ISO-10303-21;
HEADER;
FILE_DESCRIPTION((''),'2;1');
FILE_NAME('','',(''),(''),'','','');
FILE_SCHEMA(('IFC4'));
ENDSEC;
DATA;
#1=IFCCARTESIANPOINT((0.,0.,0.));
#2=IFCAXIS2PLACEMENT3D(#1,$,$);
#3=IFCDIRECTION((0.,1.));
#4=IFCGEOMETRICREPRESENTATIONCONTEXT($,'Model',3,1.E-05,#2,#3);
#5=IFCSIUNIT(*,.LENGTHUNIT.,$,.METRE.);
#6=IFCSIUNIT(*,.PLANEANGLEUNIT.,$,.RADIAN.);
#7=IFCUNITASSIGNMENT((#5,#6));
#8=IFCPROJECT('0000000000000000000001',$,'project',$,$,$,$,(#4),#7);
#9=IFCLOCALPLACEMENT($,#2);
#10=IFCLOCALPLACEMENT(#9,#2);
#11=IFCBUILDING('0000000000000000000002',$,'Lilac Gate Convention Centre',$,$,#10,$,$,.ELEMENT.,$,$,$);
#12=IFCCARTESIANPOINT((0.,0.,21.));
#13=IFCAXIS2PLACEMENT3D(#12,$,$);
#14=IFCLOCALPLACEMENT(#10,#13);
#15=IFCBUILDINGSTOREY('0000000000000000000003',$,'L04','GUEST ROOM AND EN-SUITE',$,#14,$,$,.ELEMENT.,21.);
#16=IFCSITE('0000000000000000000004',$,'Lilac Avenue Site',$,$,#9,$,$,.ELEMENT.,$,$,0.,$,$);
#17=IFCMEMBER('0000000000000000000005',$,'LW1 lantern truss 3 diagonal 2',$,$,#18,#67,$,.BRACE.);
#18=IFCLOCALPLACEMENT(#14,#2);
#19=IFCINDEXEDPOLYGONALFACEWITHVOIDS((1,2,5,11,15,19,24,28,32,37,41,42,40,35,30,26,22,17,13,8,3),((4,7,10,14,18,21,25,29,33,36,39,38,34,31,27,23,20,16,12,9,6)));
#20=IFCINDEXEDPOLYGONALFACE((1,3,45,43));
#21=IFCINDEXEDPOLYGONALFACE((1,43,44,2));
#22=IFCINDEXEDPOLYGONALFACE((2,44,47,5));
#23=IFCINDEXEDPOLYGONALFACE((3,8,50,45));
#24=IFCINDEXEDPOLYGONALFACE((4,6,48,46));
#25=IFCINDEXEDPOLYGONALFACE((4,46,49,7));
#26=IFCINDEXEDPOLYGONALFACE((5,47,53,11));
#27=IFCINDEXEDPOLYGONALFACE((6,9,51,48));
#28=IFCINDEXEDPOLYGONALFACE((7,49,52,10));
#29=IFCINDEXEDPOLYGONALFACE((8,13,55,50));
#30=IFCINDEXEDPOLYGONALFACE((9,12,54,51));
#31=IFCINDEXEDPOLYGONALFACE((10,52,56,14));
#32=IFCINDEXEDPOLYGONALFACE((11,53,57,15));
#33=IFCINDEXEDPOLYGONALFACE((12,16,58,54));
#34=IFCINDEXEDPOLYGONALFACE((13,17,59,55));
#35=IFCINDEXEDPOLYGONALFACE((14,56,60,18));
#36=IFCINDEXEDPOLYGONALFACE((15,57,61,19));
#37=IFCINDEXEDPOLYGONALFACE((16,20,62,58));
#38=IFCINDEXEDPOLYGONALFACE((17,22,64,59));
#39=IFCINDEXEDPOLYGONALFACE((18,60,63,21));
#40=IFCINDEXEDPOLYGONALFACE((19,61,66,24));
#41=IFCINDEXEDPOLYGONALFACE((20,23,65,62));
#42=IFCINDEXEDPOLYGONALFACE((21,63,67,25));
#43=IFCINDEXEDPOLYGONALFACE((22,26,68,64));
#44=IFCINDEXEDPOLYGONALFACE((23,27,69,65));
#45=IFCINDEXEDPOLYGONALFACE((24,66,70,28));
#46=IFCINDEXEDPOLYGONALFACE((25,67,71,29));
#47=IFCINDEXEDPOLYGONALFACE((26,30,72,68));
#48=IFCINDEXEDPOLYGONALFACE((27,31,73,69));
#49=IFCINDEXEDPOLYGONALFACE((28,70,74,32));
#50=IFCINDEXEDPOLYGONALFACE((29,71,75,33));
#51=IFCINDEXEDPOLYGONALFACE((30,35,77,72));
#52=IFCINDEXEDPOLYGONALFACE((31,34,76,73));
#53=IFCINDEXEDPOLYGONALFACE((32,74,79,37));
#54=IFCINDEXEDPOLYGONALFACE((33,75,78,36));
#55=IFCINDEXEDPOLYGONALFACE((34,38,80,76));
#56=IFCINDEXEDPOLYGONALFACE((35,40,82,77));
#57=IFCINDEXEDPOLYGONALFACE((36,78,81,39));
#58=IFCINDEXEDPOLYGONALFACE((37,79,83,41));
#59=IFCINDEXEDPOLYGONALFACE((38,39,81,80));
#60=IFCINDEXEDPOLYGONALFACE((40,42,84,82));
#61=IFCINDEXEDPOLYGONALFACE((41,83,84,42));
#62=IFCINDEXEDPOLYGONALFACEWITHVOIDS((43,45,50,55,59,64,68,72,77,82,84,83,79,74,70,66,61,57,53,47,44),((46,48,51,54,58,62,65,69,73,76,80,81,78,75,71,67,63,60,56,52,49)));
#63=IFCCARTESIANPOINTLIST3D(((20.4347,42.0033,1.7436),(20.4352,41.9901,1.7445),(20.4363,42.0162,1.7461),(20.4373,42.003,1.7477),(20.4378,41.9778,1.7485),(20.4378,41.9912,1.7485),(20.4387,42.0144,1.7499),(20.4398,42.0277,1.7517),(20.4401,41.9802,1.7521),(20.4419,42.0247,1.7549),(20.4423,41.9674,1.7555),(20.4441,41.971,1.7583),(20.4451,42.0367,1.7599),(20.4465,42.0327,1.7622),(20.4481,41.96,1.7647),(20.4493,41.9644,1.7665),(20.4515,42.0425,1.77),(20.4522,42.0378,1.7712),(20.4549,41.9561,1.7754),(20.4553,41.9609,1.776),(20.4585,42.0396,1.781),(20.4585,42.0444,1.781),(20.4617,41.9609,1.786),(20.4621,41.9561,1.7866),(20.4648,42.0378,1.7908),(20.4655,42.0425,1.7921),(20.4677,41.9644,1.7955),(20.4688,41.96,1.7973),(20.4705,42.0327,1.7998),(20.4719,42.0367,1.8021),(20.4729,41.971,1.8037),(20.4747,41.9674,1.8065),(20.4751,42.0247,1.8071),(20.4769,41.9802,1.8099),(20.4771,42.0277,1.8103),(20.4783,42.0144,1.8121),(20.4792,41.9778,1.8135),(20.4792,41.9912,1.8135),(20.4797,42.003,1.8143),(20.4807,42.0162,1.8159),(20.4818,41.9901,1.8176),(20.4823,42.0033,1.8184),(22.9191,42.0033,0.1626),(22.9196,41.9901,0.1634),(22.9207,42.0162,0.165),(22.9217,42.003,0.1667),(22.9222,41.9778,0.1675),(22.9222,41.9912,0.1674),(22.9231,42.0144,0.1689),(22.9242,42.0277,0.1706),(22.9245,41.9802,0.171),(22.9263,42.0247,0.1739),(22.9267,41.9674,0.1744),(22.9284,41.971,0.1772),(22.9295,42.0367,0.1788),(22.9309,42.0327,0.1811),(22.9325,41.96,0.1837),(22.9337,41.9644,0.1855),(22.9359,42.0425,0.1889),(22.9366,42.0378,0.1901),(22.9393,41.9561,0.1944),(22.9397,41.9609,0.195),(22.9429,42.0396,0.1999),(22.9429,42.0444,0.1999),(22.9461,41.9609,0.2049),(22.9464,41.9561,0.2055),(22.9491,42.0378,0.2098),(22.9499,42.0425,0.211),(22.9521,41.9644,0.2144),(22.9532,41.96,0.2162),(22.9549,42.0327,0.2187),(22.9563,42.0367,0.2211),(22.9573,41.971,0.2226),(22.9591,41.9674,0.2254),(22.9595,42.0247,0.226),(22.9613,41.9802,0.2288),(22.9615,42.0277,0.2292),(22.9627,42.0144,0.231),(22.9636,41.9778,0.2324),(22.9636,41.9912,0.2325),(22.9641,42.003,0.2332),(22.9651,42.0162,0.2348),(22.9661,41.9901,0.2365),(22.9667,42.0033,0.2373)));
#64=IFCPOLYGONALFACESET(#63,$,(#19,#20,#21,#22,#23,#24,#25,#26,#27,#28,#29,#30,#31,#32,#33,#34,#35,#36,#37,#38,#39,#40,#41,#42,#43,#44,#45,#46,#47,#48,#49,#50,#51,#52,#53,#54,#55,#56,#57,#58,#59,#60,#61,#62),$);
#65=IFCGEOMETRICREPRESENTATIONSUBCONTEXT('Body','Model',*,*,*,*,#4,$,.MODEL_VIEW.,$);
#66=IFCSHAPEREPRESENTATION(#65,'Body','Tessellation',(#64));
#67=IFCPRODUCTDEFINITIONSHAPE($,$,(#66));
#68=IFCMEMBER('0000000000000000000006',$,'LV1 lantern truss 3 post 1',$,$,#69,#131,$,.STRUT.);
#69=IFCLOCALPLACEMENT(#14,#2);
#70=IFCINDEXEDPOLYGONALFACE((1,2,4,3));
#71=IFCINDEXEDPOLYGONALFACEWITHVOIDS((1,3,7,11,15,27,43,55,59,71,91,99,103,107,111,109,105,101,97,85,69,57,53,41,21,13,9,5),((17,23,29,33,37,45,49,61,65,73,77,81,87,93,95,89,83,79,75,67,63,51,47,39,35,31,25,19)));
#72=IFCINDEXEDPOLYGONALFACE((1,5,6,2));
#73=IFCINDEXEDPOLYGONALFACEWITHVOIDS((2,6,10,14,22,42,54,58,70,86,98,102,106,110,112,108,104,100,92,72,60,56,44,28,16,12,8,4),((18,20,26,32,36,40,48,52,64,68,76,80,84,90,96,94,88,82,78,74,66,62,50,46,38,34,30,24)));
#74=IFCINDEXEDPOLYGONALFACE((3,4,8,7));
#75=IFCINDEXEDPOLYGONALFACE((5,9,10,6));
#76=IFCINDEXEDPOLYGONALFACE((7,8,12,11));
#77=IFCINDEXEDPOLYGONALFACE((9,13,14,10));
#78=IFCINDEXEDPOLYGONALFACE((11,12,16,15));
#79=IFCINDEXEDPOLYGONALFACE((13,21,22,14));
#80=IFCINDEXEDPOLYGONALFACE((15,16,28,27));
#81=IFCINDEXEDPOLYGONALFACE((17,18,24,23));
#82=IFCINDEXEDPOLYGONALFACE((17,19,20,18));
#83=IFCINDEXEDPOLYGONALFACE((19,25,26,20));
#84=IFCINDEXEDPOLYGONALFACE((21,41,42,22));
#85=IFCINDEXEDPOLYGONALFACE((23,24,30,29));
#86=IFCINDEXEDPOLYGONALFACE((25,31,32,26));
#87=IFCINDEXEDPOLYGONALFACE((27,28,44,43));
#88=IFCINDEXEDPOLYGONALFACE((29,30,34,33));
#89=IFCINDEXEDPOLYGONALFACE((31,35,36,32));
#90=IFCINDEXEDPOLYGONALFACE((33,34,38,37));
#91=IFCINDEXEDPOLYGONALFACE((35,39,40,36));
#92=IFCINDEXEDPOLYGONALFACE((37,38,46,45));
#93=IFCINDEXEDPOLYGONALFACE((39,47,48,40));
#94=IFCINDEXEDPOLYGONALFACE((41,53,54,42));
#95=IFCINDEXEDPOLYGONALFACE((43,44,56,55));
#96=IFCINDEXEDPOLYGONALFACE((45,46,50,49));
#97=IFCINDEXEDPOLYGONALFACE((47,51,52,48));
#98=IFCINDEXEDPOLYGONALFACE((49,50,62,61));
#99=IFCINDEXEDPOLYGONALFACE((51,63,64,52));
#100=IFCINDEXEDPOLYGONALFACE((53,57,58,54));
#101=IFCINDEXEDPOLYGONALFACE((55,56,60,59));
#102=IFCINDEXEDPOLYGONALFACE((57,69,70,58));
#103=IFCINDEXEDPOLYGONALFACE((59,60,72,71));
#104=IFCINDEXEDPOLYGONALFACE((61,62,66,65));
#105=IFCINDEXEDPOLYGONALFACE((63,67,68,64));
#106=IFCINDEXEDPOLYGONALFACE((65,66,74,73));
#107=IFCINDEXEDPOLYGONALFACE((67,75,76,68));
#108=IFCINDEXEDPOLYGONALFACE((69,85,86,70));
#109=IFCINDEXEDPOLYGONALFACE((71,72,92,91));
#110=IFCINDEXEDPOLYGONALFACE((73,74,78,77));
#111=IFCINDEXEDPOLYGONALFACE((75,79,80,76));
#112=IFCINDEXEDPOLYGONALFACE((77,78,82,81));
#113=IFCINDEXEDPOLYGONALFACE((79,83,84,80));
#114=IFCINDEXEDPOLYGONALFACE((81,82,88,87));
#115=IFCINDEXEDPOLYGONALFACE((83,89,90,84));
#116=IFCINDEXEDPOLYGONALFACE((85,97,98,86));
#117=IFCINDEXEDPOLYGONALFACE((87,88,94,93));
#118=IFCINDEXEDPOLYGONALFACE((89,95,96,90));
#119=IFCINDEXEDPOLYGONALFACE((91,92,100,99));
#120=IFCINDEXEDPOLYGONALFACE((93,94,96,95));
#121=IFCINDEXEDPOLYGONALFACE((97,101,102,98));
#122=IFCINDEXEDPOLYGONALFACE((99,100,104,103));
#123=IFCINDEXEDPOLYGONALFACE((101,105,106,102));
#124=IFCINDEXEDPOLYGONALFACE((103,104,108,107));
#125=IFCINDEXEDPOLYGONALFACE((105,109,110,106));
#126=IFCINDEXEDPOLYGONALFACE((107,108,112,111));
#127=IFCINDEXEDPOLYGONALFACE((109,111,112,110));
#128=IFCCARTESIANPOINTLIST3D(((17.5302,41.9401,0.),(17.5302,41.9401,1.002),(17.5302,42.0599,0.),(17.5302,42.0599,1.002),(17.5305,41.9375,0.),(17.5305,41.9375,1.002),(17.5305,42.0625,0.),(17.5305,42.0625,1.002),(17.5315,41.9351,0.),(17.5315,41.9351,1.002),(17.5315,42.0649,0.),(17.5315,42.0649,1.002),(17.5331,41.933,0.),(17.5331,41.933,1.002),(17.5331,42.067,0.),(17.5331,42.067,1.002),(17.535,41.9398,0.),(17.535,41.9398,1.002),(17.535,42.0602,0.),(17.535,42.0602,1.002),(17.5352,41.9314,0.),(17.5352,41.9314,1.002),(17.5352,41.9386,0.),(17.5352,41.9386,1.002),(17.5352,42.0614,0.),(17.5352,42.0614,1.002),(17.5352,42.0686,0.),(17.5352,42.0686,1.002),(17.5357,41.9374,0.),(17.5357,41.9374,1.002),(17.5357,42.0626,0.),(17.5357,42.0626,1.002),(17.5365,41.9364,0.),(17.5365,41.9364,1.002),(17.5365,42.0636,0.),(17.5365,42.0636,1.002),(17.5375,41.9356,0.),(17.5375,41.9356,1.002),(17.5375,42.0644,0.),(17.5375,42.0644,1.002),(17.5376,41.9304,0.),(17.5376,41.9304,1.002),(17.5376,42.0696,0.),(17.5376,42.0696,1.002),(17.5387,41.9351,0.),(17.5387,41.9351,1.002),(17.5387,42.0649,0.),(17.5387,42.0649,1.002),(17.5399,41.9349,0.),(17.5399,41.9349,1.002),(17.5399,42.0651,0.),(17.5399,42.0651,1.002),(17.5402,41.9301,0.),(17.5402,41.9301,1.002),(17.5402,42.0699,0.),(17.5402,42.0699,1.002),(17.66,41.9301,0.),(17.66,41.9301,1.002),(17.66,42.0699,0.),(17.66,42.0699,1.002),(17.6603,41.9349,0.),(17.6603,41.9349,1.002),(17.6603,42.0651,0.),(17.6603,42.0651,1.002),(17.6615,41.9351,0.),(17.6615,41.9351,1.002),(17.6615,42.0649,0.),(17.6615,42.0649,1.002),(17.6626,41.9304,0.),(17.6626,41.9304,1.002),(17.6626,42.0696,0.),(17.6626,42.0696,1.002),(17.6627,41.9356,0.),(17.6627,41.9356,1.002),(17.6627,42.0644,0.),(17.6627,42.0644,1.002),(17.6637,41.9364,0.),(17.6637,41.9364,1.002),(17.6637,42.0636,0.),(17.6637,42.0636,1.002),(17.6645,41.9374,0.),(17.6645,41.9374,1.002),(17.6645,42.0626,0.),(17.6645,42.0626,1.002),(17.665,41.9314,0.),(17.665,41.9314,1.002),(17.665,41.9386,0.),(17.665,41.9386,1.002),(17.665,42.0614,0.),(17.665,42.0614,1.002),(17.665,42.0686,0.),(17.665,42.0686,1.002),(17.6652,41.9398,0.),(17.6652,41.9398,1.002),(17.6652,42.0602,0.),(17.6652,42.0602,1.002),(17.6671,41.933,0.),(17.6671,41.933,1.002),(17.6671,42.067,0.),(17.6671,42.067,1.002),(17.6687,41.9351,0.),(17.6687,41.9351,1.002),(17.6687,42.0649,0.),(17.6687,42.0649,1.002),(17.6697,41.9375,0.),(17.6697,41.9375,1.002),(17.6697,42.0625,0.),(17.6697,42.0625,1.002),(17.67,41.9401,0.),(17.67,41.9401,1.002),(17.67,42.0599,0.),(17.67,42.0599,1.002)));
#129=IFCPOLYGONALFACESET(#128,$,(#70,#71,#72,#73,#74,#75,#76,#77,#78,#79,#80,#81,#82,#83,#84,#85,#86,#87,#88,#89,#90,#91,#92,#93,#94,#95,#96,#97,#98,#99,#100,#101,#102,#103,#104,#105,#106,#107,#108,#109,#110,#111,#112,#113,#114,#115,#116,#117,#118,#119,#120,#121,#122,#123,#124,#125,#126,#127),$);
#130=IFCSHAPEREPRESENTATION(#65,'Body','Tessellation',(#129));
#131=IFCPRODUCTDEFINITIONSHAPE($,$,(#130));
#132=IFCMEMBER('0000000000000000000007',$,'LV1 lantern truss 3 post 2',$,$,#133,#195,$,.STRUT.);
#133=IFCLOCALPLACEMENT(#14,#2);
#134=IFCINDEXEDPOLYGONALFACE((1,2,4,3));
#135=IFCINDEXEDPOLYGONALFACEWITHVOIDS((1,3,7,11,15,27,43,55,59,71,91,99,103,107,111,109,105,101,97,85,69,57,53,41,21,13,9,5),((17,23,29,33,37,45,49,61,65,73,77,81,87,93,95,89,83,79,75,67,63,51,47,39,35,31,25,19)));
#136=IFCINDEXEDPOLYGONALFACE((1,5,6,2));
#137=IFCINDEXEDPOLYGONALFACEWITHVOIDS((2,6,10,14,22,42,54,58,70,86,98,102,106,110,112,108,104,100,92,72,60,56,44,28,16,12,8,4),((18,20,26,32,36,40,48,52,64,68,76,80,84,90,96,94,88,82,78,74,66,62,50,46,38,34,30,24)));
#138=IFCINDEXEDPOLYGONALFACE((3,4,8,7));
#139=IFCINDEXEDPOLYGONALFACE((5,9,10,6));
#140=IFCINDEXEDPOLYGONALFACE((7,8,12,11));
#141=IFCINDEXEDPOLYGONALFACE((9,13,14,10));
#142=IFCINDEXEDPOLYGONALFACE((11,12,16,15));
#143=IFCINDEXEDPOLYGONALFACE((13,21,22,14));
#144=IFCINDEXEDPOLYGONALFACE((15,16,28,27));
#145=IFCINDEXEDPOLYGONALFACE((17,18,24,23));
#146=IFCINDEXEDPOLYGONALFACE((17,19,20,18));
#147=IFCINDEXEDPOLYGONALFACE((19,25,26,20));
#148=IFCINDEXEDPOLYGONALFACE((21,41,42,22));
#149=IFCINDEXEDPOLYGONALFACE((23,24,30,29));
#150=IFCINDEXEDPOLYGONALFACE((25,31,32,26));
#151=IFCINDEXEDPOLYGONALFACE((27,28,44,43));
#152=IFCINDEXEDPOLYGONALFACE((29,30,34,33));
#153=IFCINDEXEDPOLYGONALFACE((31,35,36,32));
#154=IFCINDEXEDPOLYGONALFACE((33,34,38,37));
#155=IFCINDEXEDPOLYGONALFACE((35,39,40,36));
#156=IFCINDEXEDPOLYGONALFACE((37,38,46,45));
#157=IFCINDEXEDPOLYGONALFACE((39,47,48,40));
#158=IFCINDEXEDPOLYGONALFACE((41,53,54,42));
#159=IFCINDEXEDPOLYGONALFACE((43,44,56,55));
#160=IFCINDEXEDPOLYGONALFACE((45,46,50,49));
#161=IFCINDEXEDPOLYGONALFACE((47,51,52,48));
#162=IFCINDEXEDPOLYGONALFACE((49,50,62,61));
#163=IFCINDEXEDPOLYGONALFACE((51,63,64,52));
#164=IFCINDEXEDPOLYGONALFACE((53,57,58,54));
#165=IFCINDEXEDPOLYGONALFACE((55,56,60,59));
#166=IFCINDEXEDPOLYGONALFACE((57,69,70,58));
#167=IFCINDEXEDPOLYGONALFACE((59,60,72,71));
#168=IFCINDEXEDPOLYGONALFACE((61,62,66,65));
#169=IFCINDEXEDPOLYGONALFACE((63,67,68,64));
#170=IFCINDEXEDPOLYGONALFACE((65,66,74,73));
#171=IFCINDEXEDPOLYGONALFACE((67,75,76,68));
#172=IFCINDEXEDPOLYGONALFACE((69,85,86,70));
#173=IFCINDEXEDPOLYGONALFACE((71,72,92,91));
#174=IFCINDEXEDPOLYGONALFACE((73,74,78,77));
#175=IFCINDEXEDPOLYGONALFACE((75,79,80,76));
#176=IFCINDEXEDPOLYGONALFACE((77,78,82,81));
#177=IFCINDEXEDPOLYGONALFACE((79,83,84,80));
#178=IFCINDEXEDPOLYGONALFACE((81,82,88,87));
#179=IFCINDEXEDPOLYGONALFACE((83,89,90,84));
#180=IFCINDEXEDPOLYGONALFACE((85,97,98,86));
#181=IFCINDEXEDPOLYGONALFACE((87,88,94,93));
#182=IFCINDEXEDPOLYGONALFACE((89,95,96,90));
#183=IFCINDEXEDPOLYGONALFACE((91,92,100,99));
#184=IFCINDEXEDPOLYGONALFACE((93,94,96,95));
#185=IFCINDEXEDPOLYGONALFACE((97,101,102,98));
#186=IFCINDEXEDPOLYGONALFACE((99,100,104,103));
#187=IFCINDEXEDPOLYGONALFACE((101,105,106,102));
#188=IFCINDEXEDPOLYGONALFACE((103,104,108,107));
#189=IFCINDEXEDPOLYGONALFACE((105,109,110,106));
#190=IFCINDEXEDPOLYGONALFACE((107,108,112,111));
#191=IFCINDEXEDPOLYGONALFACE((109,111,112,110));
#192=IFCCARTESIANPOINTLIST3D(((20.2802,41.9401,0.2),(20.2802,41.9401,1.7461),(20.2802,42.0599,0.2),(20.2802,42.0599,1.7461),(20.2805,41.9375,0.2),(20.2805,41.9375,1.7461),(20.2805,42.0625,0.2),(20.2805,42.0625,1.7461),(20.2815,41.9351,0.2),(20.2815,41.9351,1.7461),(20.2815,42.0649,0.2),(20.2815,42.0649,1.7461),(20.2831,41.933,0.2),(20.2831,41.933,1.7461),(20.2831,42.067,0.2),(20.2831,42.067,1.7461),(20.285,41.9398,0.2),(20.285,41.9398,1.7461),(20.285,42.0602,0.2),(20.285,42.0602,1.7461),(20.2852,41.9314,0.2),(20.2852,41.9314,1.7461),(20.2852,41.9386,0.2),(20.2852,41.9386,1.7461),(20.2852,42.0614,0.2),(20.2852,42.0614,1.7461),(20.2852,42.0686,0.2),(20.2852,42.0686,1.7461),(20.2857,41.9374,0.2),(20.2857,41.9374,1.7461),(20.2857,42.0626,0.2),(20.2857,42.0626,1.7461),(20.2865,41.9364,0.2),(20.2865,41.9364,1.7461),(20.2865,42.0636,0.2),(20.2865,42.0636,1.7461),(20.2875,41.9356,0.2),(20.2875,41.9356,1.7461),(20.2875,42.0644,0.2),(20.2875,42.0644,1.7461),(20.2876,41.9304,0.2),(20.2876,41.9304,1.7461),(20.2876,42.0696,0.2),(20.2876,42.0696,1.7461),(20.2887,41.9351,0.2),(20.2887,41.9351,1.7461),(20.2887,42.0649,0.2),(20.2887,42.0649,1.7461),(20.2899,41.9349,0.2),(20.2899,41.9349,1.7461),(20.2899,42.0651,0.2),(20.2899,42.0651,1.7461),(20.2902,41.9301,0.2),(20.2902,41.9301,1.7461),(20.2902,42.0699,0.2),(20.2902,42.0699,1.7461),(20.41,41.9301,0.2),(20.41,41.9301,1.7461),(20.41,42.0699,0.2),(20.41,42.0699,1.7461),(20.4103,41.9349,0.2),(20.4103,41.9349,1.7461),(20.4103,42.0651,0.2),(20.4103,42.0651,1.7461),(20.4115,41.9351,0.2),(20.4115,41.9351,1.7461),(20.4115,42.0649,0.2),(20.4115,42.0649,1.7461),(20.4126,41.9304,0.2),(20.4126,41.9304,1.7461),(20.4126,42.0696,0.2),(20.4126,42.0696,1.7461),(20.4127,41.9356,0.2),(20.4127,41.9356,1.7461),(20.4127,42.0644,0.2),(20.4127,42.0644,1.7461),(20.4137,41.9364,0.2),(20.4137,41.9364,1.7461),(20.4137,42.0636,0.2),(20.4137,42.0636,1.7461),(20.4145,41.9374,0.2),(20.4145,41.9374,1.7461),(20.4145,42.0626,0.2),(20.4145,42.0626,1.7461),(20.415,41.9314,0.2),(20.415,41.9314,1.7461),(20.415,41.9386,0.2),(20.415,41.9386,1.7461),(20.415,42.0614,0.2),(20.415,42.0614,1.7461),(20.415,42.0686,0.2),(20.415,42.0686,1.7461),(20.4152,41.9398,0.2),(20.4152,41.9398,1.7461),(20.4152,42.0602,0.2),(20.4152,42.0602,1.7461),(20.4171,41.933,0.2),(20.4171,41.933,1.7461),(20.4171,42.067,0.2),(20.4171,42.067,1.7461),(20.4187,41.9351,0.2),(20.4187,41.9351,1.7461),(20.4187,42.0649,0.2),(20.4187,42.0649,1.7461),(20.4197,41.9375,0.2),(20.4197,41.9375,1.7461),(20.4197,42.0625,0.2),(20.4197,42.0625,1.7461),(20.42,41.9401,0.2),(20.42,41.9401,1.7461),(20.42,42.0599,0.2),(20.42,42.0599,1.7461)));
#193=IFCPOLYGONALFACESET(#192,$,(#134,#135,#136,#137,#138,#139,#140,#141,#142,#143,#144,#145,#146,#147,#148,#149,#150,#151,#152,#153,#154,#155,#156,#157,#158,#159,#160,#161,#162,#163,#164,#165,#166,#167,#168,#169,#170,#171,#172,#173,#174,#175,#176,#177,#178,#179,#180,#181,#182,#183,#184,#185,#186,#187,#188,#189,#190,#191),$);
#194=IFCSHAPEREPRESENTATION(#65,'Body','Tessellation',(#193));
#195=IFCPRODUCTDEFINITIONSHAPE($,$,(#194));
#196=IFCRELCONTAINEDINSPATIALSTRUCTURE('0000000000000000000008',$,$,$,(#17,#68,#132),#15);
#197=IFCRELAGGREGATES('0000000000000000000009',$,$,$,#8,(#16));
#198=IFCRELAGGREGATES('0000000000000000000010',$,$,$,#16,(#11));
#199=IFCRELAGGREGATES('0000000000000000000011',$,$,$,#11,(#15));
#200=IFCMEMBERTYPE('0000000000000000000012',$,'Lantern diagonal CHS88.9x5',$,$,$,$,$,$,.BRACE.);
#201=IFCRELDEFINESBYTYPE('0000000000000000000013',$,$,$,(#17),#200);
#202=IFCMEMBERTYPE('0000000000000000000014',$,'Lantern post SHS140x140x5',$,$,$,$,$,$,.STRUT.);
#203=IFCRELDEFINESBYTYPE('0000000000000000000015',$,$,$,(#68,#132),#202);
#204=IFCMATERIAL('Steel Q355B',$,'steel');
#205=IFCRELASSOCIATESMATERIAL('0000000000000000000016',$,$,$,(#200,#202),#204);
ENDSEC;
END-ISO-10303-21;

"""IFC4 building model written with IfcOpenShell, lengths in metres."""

from ifc_helpers import new_model, si_unit, direction, frame, origin, origin_2d, place, context, subcontext, project, spatial, hollow_rectangle, hollow_circle, extrude, material, material_profile, profile_set, type_object, element, save


model = new_model("IFC4")

# Units and contexts
model_context = context("Model", 3, precision=1e-05, world=origin(), true_north=direction((0.0, 1.0)))
body_context = subcontext(model_context, "Body", "Model", "MODEL_VIEW")
ifc_project = project(units=[si_unit("LENGTHUNIT", "METRE"), si_unit("PLANEANGLEUNIT", "RADIAN")], contexts=[model_context])

# Site, building, storey
site_placement = place(None, origin())
site = spatial("IfcSite", under=ifc_project, at=site_placement, Name="Lilac Avenue Site", CompositionType="ELEMENT", RefElevation=0.0)
building_placement = place(site_placement, origin())
building = spatial("IfcBuilding", under=site, at=building_placement, Name="Lilac Gate Convention Centre", CompositionType="ELEMENT")
storey_placement = place(building_placement, frame((0.0, 0.0, 21.0)))
storey = spatial("IfcBuildingStorey", under=building, at=storey_placement, Name="L04", Description="GUEST ROOM AND EN-SUITE", CompositionType="ELEMENT", Elevation=21.0)

# Members
ifc_material_1 = material(Name="Steel Q355B", Category="steel")
ifc_material_profile_1 = material_profile(ifc_material_1, hollow_circle(Radius=0.0444, WallThickness=0.0049, at=origin_2d()), Name="CHS88.9x5")
ifc_profile_set_1 = profile_set([ifc_material_profile_1], Name="Steel Q355B")
member_type_1 = type_object("IfcMemberType", Name="Lantern diagonal CHS88.9x5", PredefinedType="BRACE", material=ifc_profile_set_1)
member_1_placement = place(storey_placement, frame((20.4585, 42.0, 1.781), z_axis=(0.843648, 0.0, -0.536897), x_axis=(0.0, 1.0, 0.0)))
element("IfcMember", 1, at=member_1_placement, inside=storey, type_object=member_type_1, Name="LW1 lantern truss 3 diagonal 2", PredefinedType="BRACE", context=body_context, shape_type="SweptSolid", body=[
    extrude(hollow_circle(Radius=0.0444, WallThickness=0.0049, at=origin_2d()), origin(), (0.0, 0.0, 1.0), 2.9448),
])
ifc_material_profile_2 = material_profile(ifc_material_1, hollow_rectangle(XDim=0.1399, YDim=0.1399, WallThickness=0.0049, InnerFilletRadius=0.0049, OuterFilletRadius=0.01, at=origin_2d()), Name="SHS140x140x5")
ifc_profile_set_2 = profile_set([ifc_material_profile_2], Name="Steel Q355B")
member_type_2 = type_object("IfcMemberType", Name="Lantern post SHS140x140x5", PredefinedType="STRUT", material=ifc_profile_set_2)
member_2_placement = place(storey_placement, frame((17.6001, 42.0, 0.0), z_axis=(0.0, 0.0, 1.0), x_axis=(1.0, 0.0, 0.0)))
element("IfcMember", 2, at=member_2_placement, inside=storey, type_object=member_type_2, Name="LV1 lantern truss 3 post 1", PredefinedType="STRUT", context=body_context, shape_type="SweptSolid", body=[
    extrude(hollow_rectangle(XDim=0.1399, YDim=0.1399, WallThickness=0.0049, InnerFilletRadius=0.0049, OuterFilletRadius=0.01, at=origin_2d()), origin(), (0.0, 0.0, 1.0), 1.002),
])
member_3_placement = place(storey_placement, frame((20.3501, 42.0, 0.2), z_axis=(0.0, 0.0, 1.0), x_axis=(1.0, 0.0, 0.0)))
element("IfcMember", 3, at=member_3_placement, inside=storey, type_object=member_type_2, Name="LV1 lantern truss 3 post 2", PredefinedType="STRUT", context=body_context, shape_type="SweptSolid", body=[
    extrude(hollow_rectangle(XDim=0.1399, YDim=0.1399, WallThickness=0.0049, InnerFilletRadius=0.0049, OuterFilletRadius=0.01, at=origin_2d()), origin(), (0.0, 0.0, 1.0), 1.5461),
])

save(model, "model.ifc")
